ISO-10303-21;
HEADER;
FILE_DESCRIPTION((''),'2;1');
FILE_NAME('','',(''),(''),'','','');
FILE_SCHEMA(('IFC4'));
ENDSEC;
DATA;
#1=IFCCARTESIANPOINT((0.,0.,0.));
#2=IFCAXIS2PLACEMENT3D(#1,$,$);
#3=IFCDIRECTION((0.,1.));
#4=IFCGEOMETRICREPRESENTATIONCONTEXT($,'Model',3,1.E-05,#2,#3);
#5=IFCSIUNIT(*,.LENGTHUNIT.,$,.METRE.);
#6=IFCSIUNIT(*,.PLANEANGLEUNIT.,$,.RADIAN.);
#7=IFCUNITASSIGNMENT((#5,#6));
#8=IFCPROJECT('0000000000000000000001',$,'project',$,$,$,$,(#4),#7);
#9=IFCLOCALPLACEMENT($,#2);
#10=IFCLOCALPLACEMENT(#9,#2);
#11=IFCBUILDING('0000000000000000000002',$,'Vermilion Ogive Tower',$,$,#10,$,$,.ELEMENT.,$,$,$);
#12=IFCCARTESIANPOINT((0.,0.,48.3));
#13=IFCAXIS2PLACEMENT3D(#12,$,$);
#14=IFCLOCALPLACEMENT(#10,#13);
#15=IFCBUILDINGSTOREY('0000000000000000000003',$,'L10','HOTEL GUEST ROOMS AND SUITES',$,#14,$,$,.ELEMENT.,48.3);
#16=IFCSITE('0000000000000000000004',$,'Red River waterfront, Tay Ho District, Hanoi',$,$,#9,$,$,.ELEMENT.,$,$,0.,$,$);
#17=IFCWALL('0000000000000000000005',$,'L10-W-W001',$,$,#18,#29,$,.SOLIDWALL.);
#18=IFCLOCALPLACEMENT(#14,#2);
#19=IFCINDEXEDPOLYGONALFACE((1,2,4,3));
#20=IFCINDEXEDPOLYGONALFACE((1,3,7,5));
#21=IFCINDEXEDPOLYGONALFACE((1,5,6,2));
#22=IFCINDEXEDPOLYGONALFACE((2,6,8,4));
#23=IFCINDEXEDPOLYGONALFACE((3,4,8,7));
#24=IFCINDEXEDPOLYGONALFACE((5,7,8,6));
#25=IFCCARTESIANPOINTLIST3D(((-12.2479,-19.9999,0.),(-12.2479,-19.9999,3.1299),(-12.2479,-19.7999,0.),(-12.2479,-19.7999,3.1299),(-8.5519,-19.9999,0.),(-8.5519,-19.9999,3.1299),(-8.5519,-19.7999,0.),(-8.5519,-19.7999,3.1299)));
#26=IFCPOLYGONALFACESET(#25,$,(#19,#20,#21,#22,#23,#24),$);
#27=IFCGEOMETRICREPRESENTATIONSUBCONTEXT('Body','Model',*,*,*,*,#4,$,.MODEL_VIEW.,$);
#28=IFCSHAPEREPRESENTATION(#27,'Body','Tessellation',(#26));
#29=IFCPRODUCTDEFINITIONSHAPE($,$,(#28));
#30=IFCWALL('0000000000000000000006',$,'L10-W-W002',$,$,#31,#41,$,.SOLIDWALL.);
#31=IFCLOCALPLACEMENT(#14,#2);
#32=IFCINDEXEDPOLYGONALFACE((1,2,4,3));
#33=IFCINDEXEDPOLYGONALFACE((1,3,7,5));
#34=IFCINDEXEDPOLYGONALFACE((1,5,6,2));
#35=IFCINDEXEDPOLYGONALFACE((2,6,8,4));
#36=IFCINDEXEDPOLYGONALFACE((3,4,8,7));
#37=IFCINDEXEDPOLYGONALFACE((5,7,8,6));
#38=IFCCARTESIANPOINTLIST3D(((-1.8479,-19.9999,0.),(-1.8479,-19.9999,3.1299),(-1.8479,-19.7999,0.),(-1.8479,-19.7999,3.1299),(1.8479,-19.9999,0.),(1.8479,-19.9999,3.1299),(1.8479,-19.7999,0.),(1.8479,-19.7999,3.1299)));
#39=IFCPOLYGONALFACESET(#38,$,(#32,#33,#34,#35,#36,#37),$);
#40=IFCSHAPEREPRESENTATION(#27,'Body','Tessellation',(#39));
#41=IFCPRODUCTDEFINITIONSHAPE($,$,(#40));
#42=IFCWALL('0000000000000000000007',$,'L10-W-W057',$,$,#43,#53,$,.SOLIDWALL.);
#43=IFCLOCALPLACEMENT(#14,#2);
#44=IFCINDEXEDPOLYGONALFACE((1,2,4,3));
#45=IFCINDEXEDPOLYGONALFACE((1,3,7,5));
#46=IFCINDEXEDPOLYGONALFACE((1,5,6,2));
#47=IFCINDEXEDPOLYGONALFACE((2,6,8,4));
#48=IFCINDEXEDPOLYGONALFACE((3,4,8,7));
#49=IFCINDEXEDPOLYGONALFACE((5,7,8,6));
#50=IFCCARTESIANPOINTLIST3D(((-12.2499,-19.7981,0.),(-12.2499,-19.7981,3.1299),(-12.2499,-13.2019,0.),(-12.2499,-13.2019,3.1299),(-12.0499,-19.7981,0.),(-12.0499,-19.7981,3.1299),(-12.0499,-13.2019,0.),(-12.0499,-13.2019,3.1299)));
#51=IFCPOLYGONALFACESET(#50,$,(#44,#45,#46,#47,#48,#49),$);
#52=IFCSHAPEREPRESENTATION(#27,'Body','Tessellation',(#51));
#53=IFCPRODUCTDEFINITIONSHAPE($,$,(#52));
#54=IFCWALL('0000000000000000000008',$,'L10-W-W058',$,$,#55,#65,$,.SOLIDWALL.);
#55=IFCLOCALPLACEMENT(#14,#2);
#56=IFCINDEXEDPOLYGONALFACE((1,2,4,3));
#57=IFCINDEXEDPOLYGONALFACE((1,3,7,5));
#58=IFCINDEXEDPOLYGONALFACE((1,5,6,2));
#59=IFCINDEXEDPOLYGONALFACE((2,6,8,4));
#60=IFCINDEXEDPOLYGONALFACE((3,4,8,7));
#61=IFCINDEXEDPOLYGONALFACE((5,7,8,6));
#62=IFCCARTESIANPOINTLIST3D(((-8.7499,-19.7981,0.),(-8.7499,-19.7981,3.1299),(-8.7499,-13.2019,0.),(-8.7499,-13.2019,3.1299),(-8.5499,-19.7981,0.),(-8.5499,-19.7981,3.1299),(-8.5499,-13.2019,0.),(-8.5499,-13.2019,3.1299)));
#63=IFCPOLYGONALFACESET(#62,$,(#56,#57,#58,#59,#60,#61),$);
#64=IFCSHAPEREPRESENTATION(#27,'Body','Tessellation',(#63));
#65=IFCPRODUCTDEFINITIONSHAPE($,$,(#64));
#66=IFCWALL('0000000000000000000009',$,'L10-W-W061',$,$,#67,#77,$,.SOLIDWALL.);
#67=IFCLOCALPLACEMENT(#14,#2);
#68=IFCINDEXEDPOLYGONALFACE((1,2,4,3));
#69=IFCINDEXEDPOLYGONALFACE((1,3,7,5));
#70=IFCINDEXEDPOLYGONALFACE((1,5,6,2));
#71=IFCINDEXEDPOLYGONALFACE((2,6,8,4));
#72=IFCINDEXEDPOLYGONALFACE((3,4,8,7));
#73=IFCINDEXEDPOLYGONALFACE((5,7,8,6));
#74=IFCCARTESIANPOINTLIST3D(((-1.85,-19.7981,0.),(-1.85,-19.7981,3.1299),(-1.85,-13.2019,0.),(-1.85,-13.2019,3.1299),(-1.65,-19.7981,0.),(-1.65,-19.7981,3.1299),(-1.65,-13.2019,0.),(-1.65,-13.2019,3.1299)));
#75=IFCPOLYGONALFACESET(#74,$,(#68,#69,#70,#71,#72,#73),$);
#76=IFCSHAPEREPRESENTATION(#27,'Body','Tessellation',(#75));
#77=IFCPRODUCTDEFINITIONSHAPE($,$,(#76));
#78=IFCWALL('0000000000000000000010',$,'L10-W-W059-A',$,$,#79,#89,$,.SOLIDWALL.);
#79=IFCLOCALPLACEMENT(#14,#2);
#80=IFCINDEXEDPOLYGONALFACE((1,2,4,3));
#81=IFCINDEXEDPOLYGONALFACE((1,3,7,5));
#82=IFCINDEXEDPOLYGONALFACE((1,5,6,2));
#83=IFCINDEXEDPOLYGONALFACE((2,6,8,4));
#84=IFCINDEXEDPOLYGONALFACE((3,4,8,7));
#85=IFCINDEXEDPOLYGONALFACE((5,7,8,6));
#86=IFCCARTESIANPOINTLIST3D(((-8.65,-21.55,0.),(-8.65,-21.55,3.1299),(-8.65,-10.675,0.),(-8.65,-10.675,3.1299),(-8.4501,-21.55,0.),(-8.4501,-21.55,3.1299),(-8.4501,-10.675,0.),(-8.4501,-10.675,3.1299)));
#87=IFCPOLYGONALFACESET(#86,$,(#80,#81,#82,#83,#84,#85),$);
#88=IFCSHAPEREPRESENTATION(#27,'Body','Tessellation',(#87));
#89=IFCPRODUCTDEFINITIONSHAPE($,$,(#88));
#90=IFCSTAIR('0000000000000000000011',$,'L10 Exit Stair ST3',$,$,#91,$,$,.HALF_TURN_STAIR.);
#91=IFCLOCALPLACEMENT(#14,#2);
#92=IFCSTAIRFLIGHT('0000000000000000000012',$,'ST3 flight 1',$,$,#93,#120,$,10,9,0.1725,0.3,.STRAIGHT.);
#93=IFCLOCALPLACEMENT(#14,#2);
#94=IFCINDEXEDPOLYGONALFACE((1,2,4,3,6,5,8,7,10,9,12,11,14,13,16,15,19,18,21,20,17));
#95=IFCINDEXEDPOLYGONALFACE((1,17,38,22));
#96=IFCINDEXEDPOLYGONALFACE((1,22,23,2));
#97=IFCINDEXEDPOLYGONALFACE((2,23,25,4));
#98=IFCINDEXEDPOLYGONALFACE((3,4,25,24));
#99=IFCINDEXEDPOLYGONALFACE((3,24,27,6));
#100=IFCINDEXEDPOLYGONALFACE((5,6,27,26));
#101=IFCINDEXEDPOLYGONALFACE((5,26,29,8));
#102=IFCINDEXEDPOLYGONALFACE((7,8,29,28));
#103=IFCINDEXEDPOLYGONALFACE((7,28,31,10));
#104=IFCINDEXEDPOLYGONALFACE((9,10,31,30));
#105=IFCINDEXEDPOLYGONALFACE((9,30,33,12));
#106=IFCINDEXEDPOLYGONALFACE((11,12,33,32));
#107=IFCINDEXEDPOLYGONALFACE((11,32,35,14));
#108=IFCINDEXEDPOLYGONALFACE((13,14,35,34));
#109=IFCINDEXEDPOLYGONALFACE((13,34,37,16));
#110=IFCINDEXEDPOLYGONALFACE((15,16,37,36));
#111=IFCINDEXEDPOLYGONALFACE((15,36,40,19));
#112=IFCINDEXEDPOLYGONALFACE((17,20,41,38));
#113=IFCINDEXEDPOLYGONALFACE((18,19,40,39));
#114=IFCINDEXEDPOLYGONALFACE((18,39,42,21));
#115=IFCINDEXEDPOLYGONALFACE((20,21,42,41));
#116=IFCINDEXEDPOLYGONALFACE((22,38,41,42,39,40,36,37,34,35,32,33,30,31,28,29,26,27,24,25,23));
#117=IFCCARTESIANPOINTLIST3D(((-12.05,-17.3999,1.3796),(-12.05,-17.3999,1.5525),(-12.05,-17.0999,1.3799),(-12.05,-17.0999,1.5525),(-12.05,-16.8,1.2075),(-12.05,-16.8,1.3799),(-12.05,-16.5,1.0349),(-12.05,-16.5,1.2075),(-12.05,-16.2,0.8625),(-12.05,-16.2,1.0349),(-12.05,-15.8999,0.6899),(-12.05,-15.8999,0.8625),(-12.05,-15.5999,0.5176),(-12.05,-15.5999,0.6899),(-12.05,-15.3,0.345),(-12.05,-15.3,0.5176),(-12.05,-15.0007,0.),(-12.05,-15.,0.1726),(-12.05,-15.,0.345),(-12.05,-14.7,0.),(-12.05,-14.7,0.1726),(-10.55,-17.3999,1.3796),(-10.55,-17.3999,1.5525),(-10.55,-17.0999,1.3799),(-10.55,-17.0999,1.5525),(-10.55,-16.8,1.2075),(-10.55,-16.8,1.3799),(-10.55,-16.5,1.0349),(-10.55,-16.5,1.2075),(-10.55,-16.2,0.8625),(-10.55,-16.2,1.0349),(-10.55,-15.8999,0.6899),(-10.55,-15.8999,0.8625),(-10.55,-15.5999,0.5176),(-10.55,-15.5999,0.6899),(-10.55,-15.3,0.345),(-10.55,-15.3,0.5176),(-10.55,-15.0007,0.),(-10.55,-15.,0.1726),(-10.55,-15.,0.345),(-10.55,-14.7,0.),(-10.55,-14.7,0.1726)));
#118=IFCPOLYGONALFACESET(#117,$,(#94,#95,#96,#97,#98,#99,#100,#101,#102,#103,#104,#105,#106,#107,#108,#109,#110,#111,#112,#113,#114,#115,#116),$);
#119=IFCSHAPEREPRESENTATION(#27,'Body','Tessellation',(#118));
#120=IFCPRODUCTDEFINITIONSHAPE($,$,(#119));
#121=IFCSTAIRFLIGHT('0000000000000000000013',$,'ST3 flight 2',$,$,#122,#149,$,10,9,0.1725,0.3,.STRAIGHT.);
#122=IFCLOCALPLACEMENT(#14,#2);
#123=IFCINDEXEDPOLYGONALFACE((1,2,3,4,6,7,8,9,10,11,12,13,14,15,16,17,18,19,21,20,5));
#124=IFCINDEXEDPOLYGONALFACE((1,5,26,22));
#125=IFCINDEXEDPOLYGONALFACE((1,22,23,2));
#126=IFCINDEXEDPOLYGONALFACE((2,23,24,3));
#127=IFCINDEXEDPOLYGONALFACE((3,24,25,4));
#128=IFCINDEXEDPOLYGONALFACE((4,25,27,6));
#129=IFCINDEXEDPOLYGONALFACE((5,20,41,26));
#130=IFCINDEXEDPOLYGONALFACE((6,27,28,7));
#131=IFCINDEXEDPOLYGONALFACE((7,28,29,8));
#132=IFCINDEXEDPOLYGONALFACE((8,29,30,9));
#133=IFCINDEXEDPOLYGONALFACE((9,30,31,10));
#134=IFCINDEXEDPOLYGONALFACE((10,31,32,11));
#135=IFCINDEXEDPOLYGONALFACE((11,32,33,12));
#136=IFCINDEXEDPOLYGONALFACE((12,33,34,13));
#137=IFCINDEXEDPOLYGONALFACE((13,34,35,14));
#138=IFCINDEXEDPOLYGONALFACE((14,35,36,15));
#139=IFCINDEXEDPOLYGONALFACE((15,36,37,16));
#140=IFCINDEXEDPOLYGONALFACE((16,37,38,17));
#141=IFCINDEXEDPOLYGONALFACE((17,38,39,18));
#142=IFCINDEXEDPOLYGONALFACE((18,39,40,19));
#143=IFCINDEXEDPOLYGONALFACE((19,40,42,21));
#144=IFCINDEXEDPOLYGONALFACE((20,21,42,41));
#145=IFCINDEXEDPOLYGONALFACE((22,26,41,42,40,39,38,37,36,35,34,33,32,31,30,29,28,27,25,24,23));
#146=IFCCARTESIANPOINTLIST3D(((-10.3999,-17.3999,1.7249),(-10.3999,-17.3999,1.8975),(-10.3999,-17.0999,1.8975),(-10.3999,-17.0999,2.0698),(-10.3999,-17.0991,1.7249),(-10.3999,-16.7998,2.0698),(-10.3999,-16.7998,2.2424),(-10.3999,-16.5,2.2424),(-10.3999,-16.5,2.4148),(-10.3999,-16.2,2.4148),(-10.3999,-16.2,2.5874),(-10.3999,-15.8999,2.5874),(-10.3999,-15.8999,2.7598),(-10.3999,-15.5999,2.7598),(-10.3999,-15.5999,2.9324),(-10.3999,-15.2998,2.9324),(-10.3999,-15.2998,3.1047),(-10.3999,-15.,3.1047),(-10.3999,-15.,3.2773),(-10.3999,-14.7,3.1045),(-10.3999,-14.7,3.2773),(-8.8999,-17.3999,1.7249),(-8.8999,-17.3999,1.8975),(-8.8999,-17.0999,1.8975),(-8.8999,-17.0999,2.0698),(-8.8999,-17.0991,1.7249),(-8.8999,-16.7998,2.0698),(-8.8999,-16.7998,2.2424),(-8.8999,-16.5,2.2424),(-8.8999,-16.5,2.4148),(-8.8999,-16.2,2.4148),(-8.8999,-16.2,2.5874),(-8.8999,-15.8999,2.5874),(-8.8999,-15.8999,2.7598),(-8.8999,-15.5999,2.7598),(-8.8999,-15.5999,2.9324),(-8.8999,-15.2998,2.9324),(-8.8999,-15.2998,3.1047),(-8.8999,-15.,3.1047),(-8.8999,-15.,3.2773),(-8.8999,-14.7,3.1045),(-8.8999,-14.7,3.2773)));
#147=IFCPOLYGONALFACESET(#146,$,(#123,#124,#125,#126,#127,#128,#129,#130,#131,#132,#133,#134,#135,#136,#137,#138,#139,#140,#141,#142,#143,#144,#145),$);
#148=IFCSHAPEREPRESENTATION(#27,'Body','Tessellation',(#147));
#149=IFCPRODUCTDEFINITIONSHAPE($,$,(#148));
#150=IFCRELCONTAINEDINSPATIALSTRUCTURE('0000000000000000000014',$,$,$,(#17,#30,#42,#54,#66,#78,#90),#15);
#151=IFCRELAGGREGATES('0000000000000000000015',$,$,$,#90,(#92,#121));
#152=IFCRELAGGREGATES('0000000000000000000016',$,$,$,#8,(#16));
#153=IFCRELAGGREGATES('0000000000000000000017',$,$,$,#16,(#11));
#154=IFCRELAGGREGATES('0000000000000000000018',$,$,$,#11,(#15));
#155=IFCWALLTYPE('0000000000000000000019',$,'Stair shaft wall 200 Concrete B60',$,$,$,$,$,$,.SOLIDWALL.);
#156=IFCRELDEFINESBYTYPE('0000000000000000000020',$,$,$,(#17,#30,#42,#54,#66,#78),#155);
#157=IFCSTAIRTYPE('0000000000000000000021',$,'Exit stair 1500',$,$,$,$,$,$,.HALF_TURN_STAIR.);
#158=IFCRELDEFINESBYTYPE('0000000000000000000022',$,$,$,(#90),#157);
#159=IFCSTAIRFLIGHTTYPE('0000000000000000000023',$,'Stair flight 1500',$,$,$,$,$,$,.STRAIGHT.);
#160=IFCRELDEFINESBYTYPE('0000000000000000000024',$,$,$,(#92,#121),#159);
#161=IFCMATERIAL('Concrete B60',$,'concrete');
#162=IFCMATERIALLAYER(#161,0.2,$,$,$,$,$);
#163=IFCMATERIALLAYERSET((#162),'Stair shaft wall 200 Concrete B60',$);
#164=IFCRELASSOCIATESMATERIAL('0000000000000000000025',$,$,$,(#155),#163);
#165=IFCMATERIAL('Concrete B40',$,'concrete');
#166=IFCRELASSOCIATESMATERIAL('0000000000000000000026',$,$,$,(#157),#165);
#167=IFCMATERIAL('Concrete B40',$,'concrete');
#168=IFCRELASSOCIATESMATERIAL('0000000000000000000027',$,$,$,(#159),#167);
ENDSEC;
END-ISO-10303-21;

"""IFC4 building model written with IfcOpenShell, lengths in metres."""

from ifc_helpers import new_model, si_unit, direction, frame, frame_2d, origin, place, context, subcontext, project, spatial, polyline, rectangle, outline, extrude, material, layer, layer_set, type_object, element, aggregate, save


model = new_model("IFC4")

# Units and contexts
model_context = context("Model", 3, precision=1e-05, world=origin(), true_north=direction((0.0, 1.0)))
body_context = subcontext(model_context, "Body", "Model", "MODEL_VIEW")
ifc_project = project(units=[si_unit("LENGTHUNIT", "METRE"), si_unit("PLANEANGLEUNIT", "RADIAN")], contexts=[model_context])

# Site, building, storey
site_placement = place(None, origin())
site = spatial("IfcSite", under=ifc_project, at=site_placement, Name="Red River waterfront, Tay Ho District, Hanoi", CompositionType="ELEMENT", RefElevation=0.0)
building_placement = place(site_placement, origin())
building = spatial("IfcBuilding", under=site, at=building_placement, Name="Vermilion Ogive Tower", CompositionType="ELEMENT")
storey_placement = place(building_placement, frame((0.0, 0.0, 48.3)))
storey = spatial("IfcBuildingStorey", under=building, at=storey_placement, Name="L10", Description="HOTEL GUEST ROOMS AND SUITES", CompositionType="ELEMENT", Elevation=48.3)

# Walls
ifc_material_1 = material(Name="Concrete B60", Category="concrete")
ifc_layer_1 = layer(ifc_material_1, 0.2)
ifc_layer_set_1 = layer_set([ifc_layer_1], Name="Stair shaft wall 200 Concrete B60")
wall_type = type_object("IfcWallType", Name="Stair shaft wall 200 Concrete B60", PredefinedType="SOLIDWALL", material=ifc_layer_set_1)
wall_1_placement = place(storey_placement, frame((-12.248, -19.8999, 0.0), z_axis=(0.0, 0.0, 1.0), x_axis=(1.0, 0.0, 0.0)))
element("IfcWall", 1, at=wall_1_placement, inside=storey, type_object=wall_type, Name="L10-W-W001", PredefinedType="SOLIDWALL", context=body_context, shape_type="SweptSolid", body=[
    extrude(rectangle(XDim=3.696, YDim=0.2, at=frame_2d((1.8481, 0.0))), origin(), (0.0, 0.0, 1.0), 3.1299),
])
wall_2_placement = place(storey_placement, frame((-1.8479, -19.8999, 0.0), z_axis=(0.0, 0.0, 1.0), x_axis=(1.0, 0.0, 0.0)))
element("IfcWall", 2, at=wall_2_placement, inside=storey, type_object=wall_type, Name="L10-W-W002", PredefinedType="SOLIDWALL", context=body_context, shape_type="SweptSolid", body=[
    extrude(rectangle(XDim=3.6958, YDim=0.2, at=frame_2d((1.8479, 0.0))), origin(), (0.0, 0.0, 1.0), 3.1299),
])
for number, where, z_axis, x_axis, name in (
    (3, (-12.1499, -19.7981, 0.0), (0.0, 0.0, 1.0), (0.0, 1.0, 0.0), "L10-W-W057"),
    (4, (-8.6499, -19.7981, 0.0), (0.0, 0.0, 1.0), (0.0, 1.0, 0.0), "L10-W-W058"),
    (5, (-1.75, -19.7981, 0.0), (0.0, 0.0, 1.0), (0.0, 1.0, 0.0), "L10-W-W061"),
):
    element("IfcWall", number, at=place(storey_placement, frame(where, z_axis=z_axis, x_axis=x_axis)), inside=storey, type_object=wall_type, Name=name, PredefinedType="SOLIDWALL", context=body_context, shape_type="SweptSolid", body=[
        extrude(rectangle(XDim=6.5962, YDim=0.2, at=frame_2d((3.2981, 0.0))), origin(), (0.0, 0.0, 1.0), 3.1299),
    ])
wall_3_placement = place(storey_placement, frame((-8.55, -21.55, 0.0), z_axis=(0.0, 0.0, 1.0), x_axis=(0.0, 1.0, 0.0)))
element("IfcWall", 6, at=wall_3_placement, inside=storey, type_object=wall_type, Name="L10-W-W059-A", PredefinedType="SOLIDWALL", context=body_context, shape_type="SweptSolid", body=[
    extrude(rectangle(XDim=10.875, YDim=0.2, at=frame_2d((5.4375, 0.0))), origin(), (0.0, 0.0, 1.0), 3.1299),
])

# Stair, stair flights
ifc_material_2 = material(Name="Concrete B40", Category="concrete")
stair_type = type_object("IfcStairType", Name="Exit stair 1500", PredefinedType="HALF_TURN_STAIR", material=ifc_material_2)
stair_placement = place(storey_placement, origin())
stair = element("IfcStair", 7, at=stair_placement, inside=storey, type_object=stair_type, Name="L10 Exit Stair ST3", PredefinedType="HALF_TURN_STAIR")
ifc_material_3 = material(Name="Concrete B40", Category="concrete")
stair_flight_type = type_object("IfcStairFlightType", Name="Stair flight 1500", PredefinedType="STRAIGHT", material=ifc_material_3)
stair_flight_1_placement = place(storey_placement, frame((-11.3, -14.7, 0.0), z_axis=(0.0, 0.0, 1.0), x_axis=(0.0, -1.0, 0.0)))
stair_flight_1 = element("IfcStairFlight", 8, at=stair_flight_1_placement, type_object=stair_flight_type, Name="ST3 flight 1", NumberOfRisers=10, NumberOfTreads=9, PredefinedType="STRAIGHT", RiserHeight=0.1725, TreadLength=0.3, context=body_context, shape_type="SweptSolid", body=[
    extrude(outline(polyline([(0.0, 0.0), (0.0, 0.1726), (0.3, 0.1726), (0.3, 0.345), (0.6001, 0.345), (0.6001, 0.5176), (0.8999, 0.5176), (0.8999, 0.6899), (1.2, 0.6899), (1.2, 0.8625), (1.5, 0.8625), (1.5, 1.0349), (1.8, 1.0349), (1.8, 1.2075), (2.1001, 1.2075), (2.1001, 1.3799), (2.3999, 1.3799), (2.3999, 1.5525), (2.7, 1.5525), (2.7, 1.7251), (2.7, 1.3796), (0.3008, 0.0), (0.0, 0.0)])), frame((0.0, 0.75, 0.0), z_axis=(0.0, -1.0, 0.0), x_axis=(1.0, 0.0, 0.0)), (0.0, 0.0, 1.0), 1.5),
])
stair_flight_2_placement = place(storey_placement, frame((-9.6499, -17.3999, 1.7249), z_axis=(0.0, 0.0, 1.0), x_axis=(0.0, 1.0, 0.0)))
stair_flight_2 = element("IfcStairFlight", 9, at=stair_flight_2_placement, type_object=stair_flight_type, Name="ST3 flight 2", NumberOfRisers=10, NumberOfTreads=9, PredefinedType="STRAIGHT", RiserHeight=0.1725, TreadLength=0.3, context=body_context, shape_type="SweptSolid", body=[
    extrude(outline(polyline([(0.0, 0.0), (0.0, 0.1726), (0.3, 0.1726), (0.3, 0.345), (0.6001, 0.345), (0.6001, 0.5176), (0.8999, 0.5176), (0.8999, 0.6899), (1.2, 0.6899), (1.2, 0.8625), (1.5, 0.8625), (1.5, 1.0349), (1.8, 1.0349), (1.8, 1.2075), (2.1001, 1.2075), (2.1001, 1.3799), (2.3999, 1.3799), (2.3999, 1.5525), (2.7, 1.5525), (2.7, 1.7251), (2.7, 1.3796), (0.3008, 0.0), (0.0, 0.0)])), frame((0.0, 0.75, 0.0), z_axis=(0.0, -1.0, 0.0), x_axis=(1.0, 0.0, 0.0)), (0.0, 0.0, 1.0), 1.5),
])
aggregate(stair, [stair_flight_1, stair_flight_2])

save(model, "model.ifc")
